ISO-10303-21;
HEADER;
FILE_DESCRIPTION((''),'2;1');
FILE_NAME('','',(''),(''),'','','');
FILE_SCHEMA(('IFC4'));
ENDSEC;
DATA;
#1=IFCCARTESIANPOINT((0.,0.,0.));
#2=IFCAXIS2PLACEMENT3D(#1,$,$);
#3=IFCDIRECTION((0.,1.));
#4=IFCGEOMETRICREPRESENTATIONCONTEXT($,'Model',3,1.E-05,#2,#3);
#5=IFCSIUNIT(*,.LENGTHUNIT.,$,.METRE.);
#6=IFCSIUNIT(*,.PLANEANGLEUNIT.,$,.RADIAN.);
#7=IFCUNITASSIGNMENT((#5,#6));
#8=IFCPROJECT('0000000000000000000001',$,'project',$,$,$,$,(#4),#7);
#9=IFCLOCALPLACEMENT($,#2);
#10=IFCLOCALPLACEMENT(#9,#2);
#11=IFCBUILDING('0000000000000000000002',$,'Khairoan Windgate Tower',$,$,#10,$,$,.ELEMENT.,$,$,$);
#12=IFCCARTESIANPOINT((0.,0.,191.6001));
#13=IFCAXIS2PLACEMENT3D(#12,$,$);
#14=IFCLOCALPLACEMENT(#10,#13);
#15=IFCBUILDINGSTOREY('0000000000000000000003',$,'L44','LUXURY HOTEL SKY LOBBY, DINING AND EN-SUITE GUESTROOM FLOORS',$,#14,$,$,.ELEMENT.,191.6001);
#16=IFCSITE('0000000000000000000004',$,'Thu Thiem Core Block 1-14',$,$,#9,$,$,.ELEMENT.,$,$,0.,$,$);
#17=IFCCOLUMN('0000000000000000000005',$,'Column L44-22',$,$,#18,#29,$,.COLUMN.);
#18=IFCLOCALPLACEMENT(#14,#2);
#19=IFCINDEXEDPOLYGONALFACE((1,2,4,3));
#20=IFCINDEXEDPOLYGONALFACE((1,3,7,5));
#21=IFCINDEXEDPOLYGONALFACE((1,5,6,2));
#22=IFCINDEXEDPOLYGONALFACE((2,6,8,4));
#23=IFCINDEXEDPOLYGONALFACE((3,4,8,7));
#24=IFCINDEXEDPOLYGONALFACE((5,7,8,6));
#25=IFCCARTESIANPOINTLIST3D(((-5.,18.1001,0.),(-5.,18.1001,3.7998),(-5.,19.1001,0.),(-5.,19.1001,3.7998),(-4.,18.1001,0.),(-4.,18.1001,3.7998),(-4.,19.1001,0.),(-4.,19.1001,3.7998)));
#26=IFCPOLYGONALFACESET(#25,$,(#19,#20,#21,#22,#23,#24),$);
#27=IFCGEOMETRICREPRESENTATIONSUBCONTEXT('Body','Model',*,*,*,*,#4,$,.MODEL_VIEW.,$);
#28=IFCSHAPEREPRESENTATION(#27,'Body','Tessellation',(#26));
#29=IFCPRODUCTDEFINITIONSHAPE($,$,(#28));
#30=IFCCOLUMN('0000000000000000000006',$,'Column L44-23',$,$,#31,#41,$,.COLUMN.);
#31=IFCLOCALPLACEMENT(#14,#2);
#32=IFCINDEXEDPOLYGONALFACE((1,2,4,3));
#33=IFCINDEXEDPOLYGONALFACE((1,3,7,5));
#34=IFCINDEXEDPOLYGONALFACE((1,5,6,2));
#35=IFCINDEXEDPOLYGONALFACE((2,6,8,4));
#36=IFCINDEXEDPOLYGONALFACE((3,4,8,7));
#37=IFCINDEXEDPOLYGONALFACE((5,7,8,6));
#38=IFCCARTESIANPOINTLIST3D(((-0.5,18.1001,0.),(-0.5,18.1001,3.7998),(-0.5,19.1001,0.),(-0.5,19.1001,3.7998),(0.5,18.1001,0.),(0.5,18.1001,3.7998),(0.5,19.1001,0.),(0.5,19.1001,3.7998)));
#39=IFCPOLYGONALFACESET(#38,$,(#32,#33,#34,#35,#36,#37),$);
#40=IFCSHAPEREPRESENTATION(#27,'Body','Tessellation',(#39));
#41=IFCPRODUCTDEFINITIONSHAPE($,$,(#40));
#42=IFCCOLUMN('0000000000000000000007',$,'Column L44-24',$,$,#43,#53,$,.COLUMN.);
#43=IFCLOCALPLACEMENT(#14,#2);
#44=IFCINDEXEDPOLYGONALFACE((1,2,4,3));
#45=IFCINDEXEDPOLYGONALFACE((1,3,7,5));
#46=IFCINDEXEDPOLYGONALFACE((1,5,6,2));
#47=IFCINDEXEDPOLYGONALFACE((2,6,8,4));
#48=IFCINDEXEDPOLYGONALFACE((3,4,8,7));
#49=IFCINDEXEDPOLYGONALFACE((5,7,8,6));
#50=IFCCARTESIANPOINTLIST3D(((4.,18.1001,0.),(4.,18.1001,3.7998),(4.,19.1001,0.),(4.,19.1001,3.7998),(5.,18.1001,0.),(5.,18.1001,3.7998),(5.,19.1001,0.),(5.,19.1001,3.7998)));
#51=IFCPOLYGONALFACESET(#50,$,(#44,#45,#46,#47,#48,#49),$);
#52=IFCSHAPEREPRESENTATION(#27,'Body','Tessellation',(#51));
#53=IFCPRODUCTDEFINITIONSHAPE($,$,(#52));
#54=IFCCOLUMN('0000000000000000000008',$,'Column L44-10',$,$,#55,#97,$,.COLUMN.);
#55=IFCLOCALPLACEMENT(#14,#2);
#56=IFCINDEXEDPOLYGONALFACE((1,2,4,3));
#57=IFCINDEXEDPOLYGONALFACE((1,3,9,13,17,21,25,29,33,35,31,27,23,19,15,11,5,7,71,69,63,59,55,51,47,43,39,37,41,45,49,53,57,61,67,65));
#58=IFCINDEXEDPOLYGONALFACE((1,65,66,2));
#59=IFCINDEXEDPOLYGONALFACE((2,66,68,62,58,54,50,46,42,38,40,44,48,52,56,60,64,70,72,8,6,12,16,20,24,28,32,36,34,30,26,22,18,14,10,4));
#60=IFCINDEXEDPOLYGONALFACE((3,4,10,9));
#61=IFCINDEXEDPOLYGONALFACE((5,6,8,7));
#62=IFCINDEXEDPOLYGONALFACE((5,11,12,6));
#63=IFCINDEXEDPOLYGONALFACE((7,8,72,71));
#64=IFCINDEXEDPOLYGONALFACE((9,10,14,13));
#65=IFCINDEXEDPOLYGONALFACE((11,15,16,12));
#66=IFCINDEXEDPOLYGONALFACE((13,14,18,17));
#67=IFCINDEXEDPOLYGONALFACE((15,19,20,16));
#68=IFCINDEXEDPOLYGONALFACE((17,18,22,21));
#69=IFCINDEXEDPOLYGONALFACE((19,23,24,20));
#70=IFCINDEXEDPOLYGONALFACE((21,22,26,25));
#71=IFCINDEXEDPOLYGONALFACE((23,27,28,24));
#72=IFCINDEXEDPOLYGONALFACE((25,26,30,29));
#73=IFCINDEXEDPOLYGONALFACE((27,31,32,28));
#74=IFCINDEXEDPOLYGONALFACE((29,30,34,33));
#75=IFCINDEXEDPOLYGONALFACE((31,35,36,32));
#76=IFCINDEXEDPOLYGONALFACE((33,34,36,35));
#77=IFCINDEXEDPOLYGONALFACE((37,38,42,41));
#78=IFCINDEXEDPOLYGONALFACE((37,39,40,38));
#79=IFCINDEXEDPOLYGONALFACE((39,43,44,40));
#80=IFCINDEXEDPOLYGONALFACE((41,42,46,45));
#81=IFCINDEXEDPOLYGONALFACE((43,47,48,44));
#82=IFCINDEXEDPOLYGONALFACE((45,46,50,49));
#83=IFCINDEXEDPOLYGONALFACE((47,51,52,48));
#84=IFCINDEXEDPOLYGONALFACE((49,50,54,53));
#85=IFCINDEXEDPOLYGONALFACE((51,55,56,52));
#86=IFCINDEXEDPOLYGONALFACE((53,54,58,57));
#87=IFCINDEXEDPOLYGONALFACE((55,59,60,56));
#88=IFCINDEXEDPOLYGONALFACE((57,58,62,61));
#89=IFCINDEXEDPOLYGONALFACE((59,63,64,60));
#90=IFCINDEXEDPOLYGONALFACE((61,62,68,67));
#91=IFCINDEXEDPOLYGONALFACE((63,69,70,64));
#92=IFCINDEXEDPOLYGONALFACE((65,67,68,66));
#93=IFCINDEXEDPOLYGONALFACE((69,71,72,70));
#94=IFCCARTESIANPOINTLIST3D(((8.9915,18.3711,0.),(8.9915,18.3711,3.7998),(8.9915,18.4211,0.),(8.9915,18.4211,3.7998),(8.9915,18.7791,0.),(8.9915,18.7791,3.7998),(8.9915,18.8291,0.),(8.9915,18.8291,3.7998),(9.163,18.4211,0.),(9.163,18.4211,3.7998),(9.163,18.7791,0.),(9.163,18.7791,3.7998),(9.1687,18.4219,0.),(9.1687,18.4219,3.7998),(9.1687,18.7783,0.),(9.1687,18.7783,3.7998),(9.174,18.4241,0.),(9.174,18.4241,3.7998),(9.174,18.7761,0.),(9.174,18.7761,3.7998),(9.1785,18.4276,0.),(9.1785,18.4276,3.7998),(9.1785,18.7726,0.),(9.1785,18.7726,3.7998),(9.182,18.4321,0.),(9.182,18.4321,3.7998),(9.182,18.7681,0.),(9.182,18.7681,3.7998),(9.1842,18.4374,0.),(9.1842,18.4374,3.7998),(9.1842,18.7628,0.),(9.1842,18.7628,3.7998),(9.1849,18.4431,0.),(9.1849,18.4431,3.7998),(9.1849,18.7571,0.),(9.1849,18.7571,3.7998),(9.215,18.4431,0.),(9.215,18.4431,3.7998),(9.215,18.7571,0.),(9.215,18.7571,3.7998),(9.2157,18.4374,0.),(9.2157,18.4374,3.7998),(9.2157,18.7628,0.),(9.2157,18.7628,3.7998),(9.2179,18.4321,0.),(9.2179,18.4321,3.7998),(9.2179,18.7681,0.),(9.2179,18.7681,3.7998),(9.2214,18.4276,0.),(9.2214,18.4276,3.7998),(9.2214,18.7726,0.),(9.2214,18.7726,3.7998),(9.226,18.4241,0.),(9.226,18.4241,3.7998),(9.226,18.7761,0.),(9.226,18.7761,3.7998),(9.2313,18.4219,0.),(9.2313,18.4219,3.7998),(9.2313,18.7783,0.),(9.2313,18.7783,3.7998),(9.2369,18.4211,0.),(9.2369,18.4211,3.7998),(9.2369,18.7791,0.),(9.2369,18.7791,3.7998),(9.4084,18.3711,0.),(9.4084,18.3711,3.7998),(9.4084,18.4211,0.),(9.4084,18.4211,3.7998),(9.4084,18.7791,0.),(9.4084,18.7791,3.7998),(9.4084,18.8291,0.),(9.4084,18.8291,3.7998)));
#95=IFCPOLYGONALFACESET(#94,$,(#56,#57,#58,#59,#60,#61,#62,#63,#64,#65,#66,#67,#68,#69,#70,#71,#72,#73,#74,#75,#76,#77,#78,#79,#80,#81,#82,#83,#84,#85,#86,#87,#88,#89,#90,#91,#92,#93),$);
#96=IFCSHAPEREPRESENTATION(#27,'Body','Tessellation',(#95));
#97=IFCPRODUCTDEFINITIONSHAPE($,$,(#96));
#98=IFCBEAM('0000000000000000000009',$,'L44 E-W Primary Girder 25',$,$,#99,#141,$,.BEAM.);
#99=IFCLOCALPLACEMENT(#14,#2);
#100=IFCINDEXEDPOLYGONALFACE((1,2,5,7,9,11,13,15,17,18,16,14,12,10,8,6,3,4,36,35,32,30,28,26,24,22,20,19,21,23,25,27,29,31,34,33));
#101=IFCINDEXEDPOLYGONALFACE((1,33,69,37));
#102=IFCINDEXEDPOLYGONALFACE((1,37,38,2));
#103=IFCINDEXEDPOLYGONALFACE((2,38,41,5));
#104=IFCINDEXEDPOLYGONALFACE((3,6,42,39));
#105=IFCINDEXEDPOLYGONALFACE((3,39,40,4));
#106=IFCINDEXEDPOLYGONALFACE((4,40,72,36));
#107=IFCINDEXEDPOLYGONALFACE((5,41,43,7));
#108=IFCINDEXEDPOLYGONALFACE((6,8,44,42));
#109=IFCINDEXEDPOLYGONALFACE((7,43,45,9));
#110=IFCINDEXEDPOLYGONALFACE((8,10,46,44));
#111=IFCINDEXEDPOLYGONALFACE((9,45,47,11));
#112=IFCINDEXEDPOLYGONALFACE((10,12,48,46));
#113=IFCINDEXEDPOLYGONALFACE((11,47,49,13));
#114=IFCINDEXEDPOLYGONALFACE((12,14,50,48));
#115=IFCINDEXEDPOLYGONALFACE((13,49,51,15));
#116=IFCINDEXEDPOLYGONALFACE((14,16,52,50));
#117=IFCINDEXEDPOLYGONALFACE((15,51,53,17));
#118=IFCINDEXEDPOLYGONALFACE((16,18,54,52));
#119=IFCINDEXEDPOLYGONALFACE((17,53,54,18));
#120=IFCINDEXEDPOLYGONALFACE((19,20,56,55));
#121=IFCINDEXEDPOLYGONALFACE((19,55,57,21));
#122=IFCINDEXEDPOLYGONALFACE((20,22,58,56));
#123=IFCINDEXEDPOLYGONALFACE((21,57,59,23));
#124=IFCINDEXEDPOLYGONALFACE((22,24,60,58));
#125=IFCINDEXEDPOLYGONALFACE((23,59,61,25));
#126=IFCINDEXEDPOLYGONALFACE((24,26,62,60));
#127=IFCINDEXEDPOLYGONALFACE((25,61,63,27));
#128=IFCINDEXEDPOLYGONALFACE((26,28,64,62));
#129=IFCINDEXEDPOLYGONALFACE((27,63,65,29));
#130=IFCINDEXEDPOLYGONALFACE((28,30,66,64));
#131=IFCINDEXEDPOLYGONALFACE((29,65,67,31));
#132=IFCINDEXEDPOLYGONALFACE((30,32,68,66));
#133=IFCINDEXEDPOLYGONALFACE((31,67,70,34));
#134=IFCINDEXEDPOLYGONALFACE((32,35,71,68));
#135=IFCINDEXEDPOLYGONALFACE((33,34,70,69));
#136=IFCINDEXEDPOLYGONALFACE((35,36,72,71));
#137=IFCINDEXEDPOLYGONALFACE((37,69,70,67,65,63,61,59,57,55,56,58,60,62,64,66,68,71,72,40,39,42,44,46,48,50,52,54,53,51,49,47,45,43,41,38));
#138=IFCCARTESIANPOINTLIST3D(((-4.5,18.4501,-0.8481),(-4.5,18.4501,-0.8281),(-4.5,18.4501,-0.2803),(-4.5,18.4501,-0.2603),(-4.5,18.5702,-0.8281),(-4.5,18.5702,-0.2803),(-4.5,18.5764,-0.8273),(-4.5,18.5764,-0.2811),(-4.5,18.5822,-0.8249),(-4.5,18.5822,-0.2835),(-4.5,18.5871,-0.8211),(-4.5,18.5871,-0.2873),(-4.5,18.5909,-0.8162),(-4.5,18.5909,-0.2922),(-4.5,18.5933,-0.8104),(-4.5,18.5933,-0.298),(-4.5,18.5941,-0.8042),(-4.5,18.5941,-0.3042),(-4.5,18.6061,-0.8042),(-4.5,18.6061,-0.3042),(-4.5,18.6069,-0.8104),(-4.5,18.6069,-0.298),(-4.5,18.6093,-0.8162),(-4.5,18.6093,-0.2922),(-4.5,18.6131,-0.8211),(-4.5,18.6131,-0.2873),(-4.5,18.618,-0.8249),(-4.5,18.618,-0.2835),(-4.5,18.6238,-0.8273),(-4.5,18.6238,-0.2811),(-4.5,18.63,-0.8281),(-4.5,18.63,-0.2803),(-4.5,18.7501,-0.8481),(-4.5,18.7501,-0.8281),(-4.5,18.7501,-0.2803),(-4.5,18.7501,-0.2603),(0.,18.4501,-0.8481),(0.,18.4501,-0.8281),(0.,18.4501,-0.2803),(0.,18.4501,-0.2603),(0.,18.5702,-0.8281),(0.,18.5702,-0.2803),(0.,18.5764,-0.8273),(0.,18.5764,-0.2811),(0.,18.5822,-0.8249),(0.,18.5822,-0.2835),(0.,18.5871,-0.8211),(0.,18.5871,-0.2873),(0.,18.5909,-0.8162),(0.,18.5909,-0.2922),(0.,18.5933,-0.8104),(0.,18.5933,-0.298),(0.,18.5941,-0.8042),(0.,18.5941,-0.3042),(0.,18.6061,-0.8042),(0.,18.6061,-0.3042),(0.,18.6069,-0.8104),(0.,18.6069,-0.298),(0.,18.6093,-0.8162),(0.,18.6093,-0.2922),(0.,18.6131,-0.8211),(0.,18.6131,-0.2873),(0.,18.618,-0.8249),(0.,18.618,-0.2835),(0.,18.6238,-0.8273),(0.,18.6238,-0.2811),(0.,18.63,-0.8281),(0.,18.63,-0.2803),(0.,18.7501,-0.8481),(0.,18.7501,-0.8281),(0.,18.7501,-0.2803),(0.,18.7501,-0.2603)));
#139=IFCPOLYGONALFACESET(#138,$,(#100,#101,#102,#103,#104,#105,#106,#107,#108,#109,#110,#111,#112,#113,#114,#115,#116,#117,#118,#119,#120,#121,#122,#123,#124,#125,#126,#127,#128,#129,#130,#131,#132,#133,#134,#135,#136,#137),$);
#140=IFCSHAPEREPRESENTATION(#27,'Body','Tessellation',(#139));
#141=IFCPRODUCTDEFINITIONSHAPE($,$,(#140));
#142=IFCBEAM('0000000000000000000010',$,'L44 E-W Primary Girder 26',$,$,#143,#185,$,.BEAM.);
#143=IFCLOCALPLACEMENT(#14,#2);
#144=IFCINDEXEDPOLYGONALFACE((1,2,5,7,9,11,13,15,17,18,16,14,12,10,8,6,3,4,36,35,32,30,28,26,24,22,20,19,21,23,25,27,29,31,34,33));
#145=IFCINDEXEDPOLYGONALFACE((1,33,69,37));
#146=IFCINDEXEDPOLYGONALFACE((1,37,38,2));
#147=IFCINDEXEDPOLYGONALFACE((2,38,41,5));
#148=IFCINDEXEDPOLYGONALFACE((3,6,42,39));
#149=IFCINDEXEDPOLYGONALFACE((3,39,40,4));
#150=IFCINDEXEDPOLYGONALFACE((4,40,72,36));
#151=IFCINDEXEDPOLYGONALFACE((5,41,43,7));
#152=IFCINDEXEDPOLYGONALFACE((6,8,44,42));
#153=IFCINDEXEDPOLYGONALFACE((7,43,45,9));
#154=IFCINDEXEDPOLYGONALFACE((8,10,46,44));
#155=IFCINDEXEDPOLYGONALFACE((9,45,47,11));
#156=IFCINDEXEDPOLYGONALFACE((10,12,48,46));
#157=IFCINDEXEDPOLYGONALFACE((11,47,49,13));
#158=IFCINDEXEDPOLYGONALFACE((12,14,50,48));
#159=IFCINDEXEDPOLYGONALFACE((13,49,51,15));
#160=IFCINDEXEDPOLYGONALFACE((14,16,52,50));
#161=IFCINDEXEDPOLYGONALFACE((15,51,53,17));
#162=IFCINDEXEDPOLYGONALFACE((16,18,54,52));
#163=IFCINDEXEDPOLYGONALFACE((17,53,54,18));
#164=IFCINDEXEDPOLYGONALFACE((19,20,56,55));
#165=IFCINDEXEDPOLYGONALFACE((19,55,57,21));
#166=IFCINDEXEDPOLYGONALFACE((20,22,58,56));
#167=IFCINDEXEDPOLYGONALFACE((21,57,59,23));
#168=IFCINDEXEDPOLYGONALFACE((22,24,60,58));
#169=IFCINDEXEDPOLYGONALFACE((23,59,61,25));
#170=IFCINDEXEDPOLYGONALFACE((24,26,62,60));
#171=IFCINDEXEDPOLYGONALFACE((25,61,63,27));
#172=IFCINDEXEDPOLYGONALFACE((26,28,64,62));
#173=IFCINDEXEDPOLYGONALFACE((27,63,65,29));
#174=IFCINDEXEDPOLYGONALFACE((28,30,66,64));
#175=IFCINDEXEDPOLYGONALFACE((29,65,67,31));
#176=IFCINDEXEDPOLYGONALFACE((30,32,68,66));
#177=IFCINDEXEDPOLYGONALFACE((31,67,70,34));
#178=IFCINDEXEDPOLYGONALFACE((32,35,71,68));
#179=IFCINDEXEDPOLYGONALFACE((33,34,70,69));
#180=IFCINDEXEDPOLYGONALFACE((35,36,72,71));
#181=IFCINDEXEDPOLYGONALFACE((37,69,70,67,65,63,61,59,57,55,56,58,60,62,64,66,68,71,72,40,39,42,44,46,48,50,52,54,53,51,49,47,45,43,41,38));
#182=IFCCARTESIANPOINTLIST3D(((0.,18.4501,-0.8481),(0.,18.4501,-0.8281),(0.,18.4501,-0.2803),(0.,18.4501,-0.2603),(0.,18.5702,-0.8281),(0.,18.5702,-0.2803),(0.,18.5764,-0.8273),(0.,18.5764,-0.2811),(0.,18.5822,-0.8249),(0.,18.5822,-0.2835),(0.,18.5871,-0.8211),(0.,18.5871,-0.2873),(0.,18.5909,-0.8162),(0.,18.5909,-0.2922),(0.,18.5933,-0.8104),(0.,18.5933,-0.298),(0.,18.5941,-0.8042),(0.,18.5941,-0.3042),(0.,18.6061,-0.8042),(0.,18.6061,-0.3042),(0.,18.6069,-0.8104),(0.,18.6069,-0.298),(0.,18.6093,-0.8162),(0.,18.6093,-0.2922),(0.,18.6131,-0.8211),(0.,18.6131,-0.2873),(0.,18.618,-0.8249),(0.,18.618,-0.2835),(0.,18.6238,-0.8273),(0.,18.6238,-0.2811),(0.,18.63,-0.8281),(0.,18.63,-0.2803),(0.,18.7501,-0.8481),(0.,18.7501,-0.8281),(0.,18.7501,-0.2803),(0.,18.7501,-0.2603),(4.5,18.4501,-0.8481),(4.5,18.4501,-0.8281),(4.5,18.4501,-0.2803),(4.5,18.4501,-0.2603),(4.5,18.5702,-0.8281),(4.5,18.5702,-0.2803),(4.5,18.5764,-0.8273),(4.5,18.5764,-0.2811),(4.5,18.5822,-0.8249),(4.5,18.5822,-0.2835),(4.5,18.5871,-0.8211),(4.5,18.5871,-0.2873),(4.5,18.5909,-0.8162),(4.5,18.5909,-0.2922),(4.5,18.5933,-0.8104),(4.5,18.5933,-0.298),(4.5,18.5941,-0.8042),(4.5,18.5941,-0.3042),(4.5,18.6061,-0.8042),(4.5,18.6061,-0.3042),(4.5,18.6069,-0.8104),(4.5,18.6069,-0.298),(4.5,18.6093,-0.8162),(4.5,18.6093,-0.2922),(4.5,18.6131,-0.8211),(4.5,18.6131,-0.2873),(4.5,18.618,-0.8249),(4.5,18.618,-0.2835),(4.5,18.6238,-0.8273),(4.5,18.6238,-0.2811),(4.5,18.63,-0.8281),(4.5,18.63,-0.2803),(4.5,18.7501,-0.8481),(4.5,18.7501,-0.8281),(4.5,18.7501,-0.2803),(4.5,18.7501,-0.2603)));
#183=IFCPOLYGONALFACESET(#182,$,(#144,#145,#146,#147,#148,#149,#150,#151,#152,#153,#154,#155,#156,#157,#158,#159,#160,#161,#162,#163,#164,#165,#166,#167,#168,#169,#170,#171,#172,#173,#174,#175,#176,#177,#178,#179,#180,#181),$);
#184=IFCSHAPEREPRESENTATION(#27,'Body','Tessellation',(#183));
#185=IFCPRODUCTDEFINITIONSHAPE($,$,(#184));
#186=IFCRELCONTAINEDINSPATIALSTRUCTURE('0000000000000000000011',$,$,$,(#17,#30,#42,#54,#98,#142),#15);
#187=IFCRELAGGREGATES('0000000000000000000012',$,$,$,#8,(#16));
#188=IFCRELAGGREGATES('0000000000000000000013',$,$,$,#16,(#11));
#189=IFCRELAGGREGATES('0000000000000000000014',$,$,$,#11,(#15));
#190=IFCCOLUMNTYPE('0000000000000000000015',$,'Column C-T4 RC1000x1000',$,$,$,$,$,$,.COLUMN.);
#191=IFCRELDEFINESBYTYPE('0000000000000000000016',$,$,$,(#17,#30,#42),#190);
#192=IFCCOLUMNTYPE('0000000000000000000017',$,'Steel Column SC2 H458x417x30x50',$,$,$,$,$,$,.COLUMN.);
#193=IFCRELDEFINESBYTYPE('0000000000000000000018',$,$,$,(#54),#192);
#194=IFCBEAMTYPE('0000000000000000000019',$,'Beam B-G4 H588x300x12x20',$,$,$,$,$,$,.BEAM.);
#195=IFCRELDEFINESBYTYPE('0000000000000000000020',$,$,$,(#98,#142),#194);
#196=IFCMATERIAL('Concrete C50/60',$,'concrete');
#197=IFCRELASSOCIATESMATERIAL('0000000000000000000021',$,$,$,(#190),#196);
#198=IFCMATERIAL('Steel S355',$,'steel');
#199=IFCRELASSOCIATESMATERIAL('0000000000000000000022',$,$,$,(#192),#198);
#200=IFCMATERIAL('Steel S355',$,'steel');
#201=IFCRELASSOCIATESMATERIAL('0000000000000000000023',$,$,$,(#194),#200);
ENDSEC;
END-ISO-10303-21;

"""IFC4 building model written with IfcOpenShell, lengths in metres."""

from ifc_helpers import new_model, si_unit, direction, frame, origin, origin_2d, place, context, subcontext, project, spatial, rectangle, i_section, extrude, material, material_profile, profile_set, type_object, element, save


model = new_model("IFC4")

# Units and contexts
model_context = context("Model", 3, precision=1e-05, world=origin(), true_north=direction((0.0, 1.0)))
body_context = subcontext(model_context, "Body", "Model", "MODEL_VIEW")
ifc_project = project(units=[si_unit("LENGTHUNIT", "METRE"), si_unit("PLANEANGLEUNIT", "RADIAN")], contexts=[model_context])

# Site, building, storey
site_placement = place(None, origin())
site = spatial("IfcSite", under=ifc_project, at=site_placement, Name="Thu Thiem Core Block 1-14", CompositionType="ELEMENT", RefElevation=0.0)
building_placement = place(site_placement, origin())
building = spatial("IfcBuilding", under=site, at=building_placement, Name="Khairoan Windgate Tower", CompositionType="ELEMENT")
storey_placement = place(building_placement, frame((0.0, 0.0, 191.6001)))
storey = spatial("IfcBuildingStorey", under=building, at=storey_placement, Name="L44", Description="LUXURY HOTEL SKY LOBBY, DINING AND EN-SUITE GUESTROOM FLOORS", CompositionType="ELEMENT", Elevation=191.6001)

# Columns
ifc_material_1 = material(Name="Concrete C50/60", Category="concrete")
ifc_material_profile_1 = material_profile(ifc_material_1, rectangle(XDim=1.0, YDim=1.0, at=origin_2d()))
ifc_profile_set_1 = profile_set([ifc_material_profile_1], Name="Concrete C50/60")
column_type_1 = type_object("IfcColumnType", Name="Column C-T4 RC1000x1000", PredefinedType="COLUMN", material=ifc_profile_set_1)
for number, where, z_axis, x_axis, name in (
    (1, (-4.5, 18.6001, 0.0), (0.0, 0.0, 1.0), (1.0, 0.0, 0.0), "Column L44-22"),
    (2, (0.0, 18.6001, 0.0), (0.0, 0.0, 1.0), (1.0, 0.0, 0.0), "Column L44-23"),
    (3, (4.5, 18.6001, 0.0), (0.0, 0.0, 1.0), (1.0, 0.0, 0.0), "Column L44-24"),
):
    element("IfcColumn", number, at=place(storey_placement, frame(where, z_axis=z_axis, x_axis=x_axis)), inside=storey, type_object=column_type_1, Name=name, PredefinedType="COLUMN", context=body_context, shape_type="SweptSolid", body=[
        extrude(rectangle(XDim=1.0, YDim=1.0, at=origin_2d()), origin(), (0.0, 0.0, 1.0), 3.7998),
    ])
ifc_material_2 = material(Name="Steel S355", Category="steel")
ifc_material_profile_2 = material_profile(ifc_material_2, i_section(OverallWidth=0.417, OverallDepth=0.458, WebThickness=0.03, FlangeThickness=0.05, FilletRadius=0.022, at=origin_2d()))
ifc_profile_set_2 = profile_set([ifc_material_profile_2], Name="Steel S355")
column_type_2 = type_object("IfcColumnType", Name="Steel Column SC2 H458x417x30x50", PredefinedType="COLUMN", material=ifc_profile_set_2)
column_placement = place(storey_placement, frame((9.2, 18.6001, 0.0), z_axis=(0.0, 0.0, 1.0), x_axis=(1.0, 0.0, 0.0)))
element("IfcColumn", 4, at=column_placement, inside=storey, type_object=column_type_2, Name="Column L44-10", PredefinedType="COLUMN", context=body_context, shape_type="SweptSolid", body=[
    extrude(i_section(OverallWidth=0.417, OverallDepth=0.458, WebThickness=0.03, FlangeThickness=0.05, FilletRadius=0.022, at=origin_2d()), origin(), (0.0, 0.0, 1.0), 3.7998),
])

# Beams
ifc_material_3 = material(Name="Steel S355", Category="steel")
ifc_material_profile_3 = material_profile(ifc_material_3, i_section(OverallWidth=0.3, OverallDepth=0.5879, WebThickness=0.012, FlangeThickness=0.02, FilletRadius=0.0239, at=origin_2d()))
ifc_profile_set_3 = profile_set([ifc_material_profile_3], Name="Steel S355")
beam_type = type_object("IfcBeamType", Name="Beam B-G4 H588x300x12x20", PredefinedType="BEAM", material=ifc_profile_set_3)
for number, where, z_axis, x_axis, name in (
    (5, (-4.5, 18.6001, -0.5542), (1.0, 0.0, 0.0), (0.0, 1.0, 0.0), "L44 E-W Primary Girder 25"),
    (6, (0.0, 18.6001, -0.5542), (1.0, 0.0, 0.0), (0.0, 1.0, 0.0), "L44 E-W Primary Girder 26"),
):
    element("IfcBeam", number, at=place(storey_placement, frame(where, z_axis=z_axis, x_axis=x_axis)), inside=storey, type_object=beam_type, Name=name, PredefinedType="BEAM", context=body_context, shape_type="SweptSolid", body=[
        extrude(i_section(OverallWidth=0.3, OverallDepth=0.5879, WebThickness=0.012, FlangeThickness=0.02, FilletRadius=0.0239, at=origin_2d()), origin(), (0.0, 0.0, 1.0), 4.5),
    ])

save(model, "model.ifc")
